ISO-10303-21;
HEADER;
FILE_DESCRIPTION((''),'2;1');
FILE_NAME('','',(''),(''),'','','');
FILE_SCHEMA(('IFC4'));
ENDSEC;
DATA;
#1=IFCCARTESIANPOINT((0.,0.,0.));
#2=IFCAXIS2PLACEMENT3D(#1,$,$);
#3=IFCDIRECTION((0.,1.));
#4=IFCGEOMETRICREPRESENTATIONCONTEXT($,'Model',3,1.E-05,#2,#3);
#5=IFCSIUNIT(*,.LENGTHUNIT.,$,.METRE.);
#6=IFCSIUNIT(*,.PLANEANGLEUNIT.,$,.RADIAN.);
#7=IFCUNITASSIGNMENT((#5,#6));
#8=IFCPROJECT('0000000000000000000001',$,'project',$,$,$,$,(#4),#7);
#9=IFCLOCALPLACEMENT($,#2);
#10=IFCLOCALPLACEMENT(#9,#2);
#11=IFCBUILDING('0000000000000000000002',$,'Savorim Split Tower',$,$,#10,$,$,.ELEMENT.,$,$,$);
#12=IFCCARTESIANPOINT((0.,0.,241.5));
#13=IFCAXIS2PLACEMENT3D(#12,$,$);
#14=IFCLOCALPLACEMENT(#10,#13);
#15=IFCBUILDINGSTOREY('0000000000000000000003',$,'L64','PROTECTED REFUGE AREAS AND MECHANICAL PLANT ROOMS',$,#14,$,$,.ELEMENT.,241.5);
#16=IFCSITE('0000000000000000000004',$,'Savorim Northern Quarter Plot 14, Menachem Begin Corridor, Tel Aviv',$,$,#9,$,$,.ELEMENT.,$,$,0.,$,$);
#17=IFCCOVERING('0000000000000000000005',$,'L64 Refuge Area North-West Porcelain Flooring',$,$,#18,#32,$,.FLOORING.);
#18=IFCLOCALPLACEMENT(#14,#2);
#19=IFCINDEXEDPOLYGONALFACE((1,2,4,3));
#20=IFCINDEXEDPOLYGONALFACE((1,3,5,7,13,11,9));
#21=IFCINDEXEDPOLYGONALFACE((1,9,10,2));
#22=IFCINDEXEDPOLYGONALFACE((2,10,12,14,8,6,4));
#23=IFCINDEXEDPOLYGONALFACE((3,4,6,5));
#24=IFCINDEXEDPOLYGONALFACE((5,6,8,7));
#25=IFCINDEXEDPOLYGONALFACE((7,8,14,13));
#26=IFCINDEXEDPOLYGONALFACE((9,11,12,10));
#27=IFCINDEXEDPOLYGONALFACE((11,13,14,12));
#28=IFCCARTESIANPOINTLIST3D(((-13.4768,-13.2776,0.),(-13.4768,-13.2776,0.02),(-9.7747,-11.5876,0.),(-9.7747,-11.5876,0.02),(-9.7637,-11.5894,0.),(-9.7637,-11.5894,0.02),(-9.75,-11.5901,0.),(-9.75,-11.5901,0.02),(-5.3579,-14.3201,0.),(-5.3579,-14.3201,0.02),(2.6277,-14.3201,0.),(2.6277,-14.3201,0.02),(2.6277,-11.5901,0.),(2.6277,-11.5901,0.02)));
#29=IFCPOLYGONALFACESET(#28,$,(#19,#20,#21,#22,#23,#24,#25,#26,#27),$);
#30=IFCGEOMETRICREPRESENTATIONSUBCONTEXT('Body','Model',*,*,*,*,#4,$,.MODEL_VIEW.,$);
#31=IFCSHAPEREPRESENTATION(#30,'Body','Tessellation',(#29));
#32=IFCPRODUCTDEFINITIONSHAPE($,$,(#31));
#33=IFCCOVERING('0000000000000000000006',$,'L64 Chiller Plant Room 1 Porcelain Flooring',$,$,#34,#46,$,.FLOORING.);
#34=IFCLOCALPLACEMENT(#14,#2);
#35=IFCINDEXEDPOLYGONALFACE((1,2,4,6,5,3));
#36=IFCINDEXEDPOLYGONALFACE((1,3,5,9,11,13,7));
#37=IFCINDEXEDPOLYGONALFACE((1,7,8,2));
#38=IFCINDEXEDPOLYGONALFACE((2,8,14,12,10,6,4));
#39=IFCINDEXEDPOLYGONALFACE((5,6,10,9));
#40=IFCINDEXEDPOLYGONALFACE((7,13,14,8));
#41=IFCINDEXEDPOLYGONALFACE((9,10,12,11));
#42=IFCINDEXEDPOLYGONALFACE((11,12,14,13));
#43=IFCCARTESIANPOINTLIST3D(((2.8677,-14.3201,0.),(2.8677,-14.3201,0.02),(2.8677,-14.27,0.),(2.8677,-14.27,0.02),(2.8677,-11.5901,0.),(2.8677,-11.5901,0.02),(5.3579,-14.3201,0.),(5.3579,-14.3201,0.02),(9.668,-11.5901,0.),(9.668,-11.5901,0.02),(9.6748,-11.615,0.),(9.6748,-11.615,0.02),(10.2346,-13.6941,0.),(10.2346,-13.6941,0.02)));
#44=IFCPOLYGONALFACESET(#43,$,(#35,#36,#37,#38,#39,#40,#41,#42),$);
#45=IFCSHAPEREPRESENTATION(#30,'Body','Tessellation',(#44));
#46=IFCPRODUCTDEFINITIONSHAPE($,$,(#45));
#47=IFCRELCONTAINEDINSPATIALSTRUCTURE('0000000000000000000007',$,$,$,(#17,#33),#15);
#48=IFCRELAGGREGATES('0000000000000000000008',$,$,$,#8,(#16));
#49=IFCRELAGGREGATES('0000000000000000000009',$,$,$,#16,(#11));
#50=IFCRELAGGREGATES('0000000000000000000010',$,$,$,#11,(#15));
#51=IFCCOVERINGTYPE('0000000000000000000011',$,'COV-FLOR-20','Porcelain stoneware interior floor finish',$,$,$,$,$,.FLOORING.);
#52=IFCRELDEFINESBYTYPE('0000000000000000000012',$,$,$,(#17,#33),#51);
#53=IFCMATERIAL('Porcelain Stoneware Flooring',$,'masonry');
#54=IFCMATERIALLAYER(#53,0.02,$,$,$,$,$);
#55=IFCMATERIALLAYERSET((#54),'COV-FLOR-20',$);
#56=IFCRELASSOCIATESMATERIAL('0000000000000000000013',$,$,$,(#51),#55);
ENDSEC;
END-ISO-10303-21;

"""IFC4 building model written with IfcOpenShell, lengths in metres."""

from ifc_helpers import new_model, si_unit, direction, frame, origin, place, context, subcontext, project, spatial, polyline, outline, extrude, material, layer, layer_set, type_object, element, save


model = new_model("IFC4")

# Units and contexts
model_context = context("Model", 3, precision=1e-05, world=origin(), true_north=direction((0.0, 1.0)))
body_context = subcontext(model_context, "Body", "Model", "MODEL_VIEW")
ifc_project = project(units=[si_unit("LENGTHUNIT", "METRE"), si_unit("PLANEANGLEUNIT", "RADIAN")], contexts=[model_context])

# Site, building, storey
site_placement = place(None, origin())
site = spatial("IfcSite", under=ifc_project, at=site_placement, Name="Savorim Northern Quarter Plot 14, Menachem Begin Corridor, Tel Aviv", CompositionType="ELEMENT", RefElevation=0.0)
building_placement = place(site_placement, origin())
building = spatial("IfcBuilding", under=site, at=building_placement, Name="Savorim Split Tower", CompositionType="ELEMENT")
storey_placement = place(building_placement, frame((0.0, 0.0, 241.5)))
storey = spatial("IfcBuildingStorey", under=building, at=storey_placement, Name="L64", Description="PROTECTED REFUGE AREAS AND MECHANICAL PLANT ROOMS", CompositionType="ELEMENT", Elevation=241.5)

# Coverings
ifc_material_1 = material(Name="Porcelain Stoneware Flooring", Category="masonry")
ifc_layer_1 = layer(ifc_material_1, 0.02)
ifc_layer_set_1 = layer_set([ifc_layer_1], Name="COV-FLOR-20")
covering_type_1 = type_object("IfcCoveringType", Name="COV-FLOR-20", Description="Porcelain stoneware interior floor finish", PredefinedType="FLOORING", material=ifc_layer_set_1)
covering_1_placement = place(storey_placement, origin())
element("IfcCovering", 1, at=covering_1_placement, inside=storey, type_object=covering_type_1, Name="L64 Refuge Area North-West Porcelain Flooring", PredefinedType="FLOORING", context=body_context, shape_type="SweptSolid", body=[
    extrude(outline(polyline([(-9.7747, -11.5876), (-13.4768, -13.2776), (-5.3579, -14.3201), (2.6277, -14.3201), (2.6277, -11.5901), (-9.75, -11.5901), (-9.7637, -11.5894), (-9.7747, -11.5876)])), origin(), (0.0, 0.0, 1.0), 0.02),
])
covering_2_placement = place(storey_placement, origin())
element("IfcCovering", 2, at=covering_2_placement, inside=storey, type_object=covering_type_1, Name="L64 Chiller Plant Room 1 Porcelain Flooring", PredefinedType="FLOORING", context=body_context, shape_type="SweptSolid", body=[
    extrude(outline(polyline([(2.8677, -14.27), (2.8677, -14.3201), (5.3579, -14.3201), (10.2346, -13.6941), (9.6748, -11.615), (9.668, -11.5901), (2.8677, -11.5901), (2.8677, -14.27)])), origin(), (0.0, 0.0, 1.0), 0.02),
])

save(model, "model.ifc")
